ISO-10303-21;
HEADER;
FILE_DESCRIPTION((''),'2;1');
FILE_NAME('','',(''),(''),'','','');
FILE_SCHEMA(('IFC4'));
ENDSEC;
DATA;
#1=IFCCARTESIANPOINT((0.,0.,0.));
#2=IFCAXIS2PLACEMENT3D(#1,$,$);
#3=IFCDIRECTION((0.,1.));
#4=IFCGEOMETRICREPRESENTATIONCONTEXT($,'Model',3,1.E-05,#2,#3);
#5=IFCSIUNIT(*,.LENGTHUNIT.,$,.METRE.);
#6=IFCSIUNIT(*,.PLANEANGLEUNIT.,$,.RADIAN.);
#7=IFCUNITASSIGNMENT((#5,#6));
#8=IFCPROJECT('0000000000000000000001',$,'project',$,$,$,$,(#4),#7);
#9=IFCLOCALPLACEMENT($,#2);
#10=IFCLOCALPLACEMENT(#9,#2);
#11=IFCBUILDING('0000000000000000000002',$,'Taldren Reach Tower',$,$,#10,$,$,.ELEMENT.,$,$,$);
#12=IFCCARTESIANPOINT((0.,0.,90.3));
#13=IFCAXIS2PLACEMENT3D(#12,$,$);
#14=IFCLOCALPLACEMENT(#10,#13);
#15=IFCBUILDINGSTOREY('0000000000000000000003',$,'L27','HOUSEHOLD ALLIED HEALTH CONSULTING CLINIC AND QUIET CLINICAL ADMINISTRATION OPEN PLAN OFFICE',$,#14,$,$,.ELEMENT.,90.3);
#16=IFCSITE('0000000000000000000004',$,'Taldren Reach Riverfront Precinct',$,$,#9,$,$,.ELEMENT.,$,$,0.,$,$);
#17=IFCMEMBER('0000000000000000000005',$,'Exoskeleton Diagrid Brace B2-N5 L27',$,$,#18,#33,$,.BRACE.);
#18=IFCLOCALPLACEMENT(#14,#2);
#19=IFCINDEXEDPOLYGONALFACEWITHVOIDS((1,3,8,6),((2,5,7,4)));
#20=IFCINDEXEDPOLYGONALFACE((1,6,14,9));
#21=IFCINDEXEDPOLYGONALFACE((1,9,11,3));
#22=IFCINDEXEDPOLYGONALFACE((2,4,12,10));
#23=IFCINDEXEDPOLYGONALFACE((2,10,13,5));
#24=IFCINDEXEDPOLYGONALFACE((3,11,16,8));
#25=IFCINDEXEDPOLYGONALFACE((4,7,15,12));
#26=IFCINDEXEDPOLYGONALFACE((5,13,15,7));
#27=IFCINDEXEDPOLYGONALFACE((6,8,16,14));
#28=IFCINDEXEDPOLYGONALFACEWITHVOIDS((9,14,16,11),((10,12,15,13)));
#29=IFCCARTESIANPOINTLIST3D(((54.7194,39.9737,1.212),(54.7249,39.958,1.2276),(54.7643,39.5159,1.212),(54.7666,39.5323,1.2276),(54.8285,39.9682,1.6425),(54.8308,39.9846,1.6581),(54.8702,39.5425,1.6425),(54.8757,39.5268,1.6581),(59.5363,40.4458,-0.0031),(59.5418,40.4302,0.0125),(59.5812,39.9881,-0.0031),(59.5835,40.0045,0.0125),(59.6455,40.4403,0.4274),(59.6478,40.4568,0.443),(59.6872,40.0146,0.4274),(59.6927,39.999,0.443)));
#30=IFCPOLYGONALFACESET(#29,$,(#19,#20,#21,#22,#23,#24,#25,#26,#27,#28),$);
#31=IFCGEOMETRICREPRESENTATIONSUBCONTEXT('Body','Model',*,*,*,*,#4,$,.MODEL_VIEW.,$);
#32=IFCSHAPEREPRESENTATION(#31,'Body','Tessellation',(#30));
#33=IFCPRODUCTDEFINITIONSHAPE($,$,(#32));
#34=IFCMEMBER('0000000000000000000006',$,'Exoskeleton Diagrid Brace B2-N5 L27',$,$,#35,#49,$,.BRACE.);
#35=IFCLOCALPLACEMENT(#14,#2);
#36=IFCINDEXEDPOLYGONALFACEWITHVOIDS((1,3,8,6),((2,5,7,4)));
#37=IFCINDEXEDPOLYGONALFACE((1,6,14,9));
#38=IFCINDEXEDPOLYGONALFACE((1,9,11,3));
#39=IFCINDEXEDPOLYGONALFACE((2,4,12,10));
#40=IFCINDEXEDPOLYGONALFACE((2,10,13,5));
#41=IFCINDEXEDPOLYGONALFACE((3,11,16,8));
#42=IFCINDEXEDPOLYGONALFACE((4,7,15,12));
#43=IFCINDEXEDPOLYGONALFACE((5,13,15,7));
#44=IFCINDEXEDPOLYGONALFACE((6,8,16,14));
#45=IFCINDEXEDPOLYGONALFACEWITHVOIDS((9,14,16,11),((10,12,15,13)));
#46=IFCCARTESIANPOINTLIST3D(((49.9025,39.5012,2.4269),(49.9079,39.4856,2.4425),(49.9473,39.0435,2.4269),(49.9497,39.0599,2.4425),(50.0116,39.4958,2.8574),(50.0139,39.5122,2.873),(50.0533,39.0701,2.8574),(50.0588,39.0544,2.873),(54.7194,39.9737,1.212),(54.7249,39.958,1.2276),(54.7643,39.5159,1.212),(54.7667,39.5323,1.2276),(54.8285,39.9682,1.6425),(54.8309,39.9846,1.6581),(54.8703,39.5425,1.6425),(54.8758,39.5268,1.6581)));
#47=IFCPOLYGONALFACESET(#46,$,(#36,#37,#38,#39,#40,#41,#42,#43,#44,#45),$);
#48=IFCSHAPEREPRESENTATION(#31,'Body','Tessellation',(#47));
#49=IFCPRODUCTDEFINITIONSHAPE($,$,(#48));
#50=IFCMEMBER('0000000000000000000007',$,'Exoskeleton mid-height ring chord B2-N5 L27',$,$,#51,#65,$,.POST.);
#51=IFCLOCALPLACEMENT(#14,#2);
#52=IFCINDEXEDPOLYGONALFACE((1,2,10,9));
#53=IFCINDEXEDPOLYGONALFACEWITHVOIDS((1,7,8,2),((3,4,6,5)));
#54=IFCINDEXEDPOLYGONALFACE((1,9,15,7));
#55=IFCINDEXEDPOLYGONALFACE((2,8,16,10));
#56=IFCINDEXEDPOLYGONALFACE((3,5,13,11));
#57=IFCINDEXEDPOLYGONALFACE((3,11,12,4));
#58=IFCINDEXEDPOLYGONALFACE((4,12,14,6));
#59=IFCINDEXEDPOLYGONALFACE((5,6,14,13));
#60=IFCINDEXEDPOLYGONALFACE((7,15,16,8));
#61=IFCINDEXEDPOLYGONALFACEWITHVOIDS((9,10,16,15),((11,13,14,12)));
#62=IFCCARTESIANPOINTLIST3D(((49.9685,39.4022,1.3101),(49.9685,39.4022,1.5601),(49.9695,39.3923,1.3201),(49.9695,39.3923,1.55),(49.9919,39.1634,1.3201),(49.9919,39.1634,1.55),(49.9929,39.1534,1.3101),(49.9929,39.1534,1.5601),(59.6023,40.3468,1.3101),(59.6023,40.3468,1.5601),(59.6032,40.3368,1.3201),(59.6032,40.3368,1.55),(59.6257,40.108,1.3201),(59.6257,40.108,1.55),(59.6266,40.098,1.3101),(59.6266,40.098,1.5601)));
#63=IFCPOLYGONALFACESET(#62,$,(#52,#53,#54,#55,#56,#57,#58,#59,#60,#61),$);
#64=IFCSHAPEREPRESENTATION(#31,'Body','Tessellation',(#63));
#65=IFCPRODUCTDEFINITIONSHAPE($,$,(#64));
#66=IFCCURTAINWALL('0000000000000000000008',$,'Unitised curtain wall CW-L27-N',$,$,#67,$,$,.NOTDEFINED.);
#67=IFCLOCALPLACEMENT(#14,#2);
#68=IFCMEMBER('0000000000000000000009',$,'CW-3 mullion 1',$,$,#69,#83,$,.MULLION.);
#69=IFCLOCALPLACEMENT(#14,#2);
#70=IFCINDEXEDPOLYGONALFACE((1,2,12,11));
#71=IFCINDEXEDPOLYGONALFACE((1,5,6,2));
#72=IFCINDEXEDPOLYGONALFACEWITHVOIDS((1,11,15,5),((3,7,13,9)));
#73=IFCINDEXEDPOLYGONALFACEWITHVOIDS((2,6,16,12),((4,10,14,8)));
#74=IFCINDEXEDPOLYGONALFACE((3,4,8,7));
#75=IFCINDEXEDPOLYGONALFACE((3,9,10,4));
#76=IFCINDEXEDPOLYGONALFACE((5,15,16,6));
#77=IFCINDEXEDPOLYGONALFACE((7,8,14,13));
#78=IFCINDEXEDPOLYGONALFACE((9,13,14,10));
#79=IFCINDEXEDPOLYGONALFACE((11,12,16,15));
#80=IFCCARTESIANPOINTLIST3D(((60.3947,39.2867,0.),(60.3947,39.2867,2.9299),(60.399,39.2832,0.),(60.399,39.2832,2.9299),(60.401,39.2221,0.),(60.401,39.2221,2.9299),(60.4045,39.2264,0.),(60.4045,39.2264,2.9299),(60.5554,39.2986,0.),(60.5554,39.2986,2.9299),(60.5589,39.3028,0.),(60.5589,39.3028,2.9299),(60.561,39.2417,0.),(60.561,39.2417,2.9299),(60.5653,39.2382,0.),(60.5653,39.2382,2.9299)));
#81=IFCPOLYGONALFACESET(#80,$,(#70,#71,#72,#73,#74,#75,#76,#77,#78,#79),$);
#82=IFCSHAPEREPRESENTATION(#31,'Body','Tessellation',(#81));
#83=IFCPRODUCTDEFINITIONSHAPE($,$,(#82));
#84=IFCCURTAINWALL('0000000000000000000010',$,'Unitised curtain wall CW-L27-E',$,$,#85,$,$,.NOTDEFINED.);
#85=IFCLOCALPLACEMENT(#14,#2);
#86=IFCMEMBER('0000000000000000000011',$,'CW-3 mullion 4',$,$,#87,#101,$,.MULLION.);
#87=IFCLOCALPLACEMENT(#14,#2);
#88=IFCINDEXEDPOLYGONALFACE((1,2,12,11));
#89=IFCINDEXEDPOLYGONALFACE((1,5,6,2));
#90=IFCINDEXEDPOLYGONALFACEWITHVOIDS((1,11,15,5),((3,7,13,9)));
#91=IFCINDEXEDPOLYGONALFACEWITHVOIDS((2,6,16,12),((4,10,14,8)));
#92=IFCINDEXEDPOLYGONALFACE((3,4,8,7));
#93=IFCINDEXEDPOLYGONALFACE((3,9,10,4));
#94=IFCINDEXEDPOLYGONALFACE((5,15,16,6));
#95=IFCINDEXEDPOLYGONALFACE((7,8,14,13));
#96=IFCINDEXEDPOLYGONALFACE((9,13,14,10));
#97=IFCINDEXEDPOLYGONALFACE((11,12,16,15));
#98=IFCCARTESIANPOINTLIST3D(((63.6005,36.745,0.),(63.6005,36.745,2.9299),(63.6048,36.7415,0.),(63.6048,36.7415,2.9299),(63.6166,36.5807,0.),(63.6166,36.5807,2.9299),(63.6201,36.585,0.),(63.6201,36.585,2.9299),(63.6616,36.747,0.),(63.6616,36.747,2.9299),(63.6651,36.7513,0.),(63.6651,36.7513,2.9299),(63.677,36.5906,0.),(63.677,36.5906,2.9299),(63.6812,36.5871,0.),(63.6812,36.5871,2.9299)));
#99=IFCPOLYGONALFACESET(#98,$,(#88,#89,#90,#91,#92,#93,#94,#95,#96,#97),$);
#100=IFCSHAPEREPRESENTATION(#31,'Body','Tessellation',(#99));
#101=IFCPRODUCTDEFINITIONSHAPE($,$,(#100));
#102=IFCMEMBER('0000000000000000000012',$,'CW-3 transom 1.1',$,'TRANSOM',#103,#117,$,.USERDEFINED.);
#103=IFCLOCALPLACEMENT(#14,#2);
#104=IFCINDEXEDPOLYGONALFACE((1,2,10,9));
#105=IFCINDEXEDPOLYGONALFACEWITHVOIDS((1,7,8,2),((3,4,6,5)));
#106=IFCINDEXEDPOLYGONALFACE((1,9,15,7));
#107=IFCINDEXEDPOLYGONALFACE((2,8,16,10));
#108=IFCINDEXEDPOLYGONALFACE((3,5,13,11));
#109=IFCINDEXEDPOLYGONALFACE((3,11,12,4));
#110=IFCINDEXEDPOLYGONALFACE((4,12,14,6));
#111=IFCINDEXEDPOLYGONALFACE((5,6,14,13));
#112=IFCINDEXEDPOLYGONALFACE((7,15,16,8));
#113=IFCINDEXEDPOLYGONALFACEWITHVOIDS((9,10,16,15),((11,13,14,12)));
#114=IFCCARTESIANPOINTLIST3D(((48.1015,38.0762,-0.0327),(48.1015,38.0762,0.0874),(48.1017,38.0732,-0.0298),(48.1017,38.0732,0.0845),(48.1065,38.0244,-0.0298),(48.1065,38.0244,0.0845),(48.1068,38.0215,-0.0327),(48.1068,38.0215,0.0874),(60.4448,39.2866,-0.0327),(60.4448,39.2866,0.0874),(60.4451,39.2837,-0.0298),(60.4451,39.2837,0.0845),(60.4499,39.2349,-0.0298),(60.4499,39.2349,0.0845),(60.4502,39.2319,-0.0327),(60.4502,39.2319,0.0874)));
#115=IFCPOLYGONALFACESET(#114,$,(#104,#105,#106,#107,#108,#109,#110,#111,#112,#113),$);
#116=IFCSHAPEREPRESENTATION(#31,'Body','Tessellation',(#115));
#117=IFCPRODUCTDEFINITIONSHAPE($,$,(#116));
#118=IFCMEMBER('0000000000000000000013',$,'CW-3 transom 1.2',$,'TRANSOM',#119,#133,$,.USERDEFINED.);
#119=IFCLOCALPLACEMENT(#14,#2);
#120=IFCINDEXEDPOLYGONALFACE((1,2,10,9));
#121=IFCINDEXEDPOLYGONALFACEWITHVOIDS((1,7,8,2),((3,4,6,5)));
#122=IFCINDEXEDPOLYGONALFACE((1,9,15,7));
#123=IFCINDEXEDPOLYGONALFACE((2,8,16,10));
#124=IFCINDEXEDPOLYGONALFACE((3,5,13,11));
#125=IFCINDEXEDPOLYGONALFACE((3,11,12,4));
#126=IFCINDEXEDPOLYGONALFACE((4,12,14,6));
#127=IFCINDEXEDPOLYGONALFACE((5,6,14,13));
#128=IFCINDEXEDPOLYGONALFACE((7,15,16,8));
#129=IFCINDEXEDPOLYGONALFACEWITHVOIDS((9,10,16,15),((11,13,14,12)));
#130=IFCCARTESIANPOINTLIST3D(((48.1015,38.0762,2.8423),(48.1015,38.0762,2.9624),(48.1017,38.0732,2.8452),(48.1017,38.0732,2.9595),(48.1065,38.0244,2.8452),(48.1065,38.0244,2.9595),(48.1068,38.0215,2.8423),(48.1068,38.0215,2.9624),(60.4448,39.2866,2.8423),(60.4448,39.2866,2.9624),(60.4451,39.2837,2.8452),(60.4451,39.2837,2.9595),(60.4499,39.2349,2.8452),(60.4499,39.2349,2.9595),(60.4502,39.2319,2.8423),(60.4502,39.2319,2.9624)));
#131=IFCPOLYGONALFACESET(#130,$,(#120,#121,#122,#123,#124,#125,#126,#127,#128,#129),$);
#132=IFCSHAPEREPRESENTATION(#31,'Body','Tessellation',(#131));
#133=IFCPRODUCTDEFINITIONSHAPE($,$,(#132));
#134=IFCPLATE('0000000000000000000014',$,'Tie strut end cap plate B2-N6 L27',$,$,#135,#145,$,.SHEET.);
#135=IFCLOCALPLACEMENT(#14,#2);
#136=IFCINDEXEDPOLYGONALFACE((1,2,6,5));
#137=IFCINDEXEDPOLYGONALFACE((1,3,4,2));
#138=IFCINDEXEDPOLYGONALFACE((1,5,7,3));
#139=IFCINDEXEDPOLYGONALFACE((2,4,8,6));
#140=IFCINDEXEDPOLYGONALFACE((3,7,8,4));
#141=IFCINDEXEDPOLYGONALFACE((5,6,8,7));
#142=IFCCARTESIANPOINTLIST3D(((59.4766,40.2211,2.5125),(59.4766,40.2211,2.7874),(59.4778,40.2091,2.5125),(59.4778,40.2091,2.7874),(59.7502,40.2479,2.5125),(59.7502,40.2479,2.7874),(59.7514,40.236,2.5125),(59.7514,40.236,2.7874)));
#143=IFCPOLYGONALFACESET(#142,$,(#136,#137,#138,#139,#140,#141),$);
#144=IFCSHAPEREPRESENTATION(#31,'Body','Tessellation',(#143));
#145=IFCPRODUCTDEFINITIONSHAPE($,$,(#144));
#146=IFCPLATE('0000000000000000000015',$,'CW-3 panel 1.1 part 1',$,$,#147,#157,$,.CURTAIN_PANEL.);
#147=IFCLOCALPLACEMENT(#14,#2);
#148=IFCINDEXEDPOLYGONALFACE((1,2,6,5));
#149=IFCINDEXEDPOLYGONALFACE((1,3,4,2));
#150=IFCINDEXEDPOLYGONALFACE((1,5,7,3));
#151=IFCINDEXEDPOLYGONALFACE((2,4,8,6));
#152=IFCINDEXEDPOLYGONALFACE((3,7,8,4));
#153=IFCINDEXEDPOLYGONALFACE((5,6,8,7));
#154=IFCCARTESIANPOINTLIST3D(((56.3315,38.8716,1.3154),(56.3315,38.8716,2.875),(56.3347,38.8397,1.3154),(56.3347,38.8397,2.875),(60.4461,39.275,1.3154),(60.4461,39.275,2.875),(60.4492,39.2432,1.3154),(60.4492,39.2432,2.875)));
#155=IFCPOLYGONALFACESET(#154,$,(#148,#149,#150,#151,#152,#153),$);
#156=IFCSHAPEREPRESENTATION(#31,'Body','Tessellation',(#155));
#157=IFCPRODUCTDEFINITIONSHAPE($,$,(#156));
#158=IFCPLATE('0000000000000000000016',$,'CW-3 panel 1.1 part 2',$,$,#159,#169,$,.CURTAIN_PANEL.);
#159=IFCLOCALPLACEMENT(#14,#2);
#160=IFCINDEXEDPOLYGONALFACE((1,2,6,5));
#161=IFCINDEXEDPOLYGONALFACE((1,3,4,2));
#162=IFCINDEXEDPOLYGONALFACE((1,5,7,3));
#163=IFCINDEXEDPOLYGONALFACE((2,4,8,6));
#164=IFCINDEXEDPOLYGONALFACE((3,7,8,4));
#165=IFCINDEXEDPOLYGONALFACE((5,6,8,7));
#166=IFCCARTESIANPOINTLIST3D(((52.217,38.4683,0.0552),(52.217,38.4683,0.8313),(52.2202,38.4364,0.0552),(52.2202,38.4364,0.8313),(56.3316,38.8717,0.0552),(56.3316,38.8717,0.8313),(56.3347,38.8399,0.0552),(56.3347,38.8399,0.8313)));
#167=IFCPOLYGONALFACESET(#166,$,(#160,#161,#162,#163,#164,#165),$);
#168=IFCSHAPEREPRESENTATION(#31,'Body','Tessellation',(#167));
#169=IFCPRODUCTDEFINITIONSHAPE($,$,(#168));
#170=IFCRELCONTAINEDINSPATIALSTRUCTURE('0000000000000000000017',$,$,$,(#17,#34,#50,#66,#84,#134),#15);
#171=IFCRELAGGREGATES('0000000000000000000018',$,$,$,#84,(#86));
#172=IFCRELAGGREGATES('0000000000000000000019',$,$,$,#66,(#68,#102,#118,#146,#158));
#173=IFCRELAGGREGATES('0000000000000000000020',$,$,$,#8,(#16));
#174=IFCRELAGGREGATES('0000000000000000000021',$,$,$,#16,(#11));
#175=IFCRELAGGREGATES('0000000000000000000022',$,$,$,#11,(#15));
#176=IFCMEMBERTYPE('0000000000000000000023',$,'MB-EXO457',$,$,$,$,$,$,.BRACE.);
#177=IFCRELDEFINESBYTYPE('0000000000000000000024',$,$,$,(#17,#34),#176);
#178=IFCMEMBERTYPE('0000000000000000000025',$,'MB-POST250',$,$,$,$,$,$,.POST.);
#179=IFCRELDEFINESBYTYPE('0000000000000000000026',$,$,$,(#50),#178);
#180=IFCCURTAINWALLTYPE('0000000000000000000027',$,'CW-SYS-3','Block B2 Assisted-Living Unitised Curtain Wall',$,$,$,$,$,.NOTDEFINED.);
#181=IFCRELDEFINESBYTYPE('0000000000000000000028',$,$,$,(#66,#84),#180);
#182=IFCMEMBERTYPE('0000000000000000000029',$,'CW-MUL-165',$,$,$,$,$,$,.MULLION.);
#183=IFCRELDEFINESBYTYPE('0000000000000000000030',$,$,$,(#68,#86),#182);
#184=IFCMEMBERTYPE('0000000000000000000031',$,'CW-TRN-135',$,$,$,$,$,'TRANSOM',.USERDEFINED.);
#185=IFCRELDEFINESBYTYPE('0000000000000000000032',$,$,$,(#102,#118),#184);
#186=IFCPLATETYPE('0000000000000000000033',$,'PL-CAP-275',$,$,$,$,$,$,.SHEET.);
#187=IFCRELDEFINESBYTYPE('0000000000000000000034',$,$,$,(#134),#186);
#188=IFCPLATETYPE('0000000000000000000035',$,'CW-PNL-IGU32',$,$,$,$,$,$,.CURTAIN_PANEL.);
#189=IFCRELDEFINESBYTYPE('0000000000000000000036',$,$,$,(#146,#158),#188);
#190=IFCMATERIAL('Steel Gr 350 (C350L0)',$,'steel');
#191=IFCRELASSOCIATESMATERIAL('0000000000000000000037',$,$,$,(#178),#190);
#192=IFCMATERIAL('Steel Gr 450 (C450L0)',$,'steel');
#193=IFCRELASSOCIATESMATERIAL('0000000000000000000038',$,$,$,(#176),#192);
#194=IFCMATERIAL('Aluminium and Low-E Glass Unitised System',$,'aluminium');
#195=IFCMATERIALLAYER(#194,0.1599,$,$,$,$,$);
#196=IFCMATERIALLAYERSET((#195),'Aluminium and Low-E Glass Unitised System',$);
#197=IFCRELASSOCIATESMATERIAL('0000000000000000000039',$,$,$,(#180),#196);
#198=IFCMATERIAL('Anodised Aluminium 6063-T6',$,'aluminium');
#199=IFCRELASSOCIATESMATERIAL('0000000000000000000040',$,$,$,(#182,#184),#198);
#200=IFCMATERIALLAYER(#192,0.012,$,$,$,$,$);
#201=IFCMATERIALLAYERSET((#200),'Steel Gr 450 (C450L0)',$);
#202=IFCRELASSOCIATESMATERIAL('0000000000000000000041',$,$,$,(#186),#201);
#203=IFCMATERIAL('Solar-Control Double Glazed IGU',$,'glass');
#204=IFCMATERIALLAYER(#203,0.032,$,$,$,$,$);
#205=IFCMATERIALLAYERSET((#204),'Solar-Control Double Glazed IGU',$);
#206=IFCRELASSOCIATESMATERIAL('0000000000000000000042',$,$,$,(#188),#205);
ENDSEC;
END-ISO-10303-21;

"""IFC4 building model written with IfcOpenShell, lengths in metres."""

from ifc_helpers import new_model, si_unit, direction, frame, origin, origin_2d, place, context, subcontext, project, spatial, rectangle, hollow_rectangle, extrude, source, transform, mapped, material, layer, layer_set, material_profile, profile_set, type_object, element, aggregate, save


model = new_model("IFC4")

# Units and contexts
model_context = context("Model", 3, precision=1e-05, world=origin(), true_north=direction((0.0, 1.0)))
body_context = subcontext(model_context, "Body", "Model", "MODEL_VIEW")
ifc_project = project(units=[si_unit("LENGTHUNIT", "METRE"), si_unit("PLANEANGLEUNIT", "RADIAN")], contexts=[model_context])

# Site, building, storey
site_placement = place(None, origin())
site = spatial("IfcSite", under=ifc_project, at=site_placement, Name="Taldren Reach Riverfront Precinct", CompositionType="ELEMENT", RefElevation=0.0)
building_placement = place(site_placement, origin())
building = spatial("IfcBuilding", under=site, at=building_placement, Name="Taldren Reach Tower", CompositionType="ELEMENT")
storey_placement = place(building_placement, frame((0.0, 0.0, 90.3)))
storey = spatial("IfcBuildingStorey", under=building, at=storey_placement, Name="L27", Description="HOUSEHOLD ALLIED HEALTH CONSULTING CLINIC AND QUIET CLINICAL ADMINISTRATION OPEN PLAN OFFICE", CompositionType="ELEMENT", Elevation=90.3)

# Shared definitions
ifc_material_1 = material(Name="Steel Gr 450 (C450L0)", Category="steel")
ifc_material_2 = material(Name="Steel Gr 350 (C350L0)", Category="steel")
ifc_material_profile_1 = material_profile(ifc_material_2, hollow_rectangle(XDim=0.25, YDim=0.25, WallThickness=0.01, at=origin_2d()), Name="250x250x10.0SHS")
ifc_profile_set_1 = profile_set([ifc_material_profile_1], Name="Steel Gr 350 (C350L0)")
member_type_1 = type_object("IfcMemberType", Name="MB-POST250", PredefinedType="POST", material=ifc_profile_set_1)

# Members
ifc_material_profile_2 = material_profile(ifc_material_1, hollow_rectangle(XDim=0.46, YDim=0.46, WallThickness=0.0161, at=origin_2d()), Name="460x460x16.0SHS")
ifc_profile_set_2 = profile_set([ifc_material_profile_2], Name="Steel Gr 450 (C450L0)")
member_type_2 = type_object("IfcMemberType", Name="MB-EXO457", PredefinedType="BRACE", material=ifc_profile_set_2)
shared_shape_1 = source(origin(), body_context, "Body", "SweptSolid", [
    extrude(hollow_rectangle(XDim=0.46, YDim=0.46, WallThickness=0.0161, at=origin_2d()), origin(), (0.0, 0.0, 1.0), 4.9902),
])
for number, where, z_axis, x_axis, name in (
    (1, (59.6145, 40.2224, 0.22), (-0.965276, -0.09462, 0.243496), (0.097556, -0.99523, 0.0), "Exoskeleton Diagrid Brace B2-N5 L27"),
    (2, (54.7976, 39.7502, 1.4351), (-0.965283, -0.094669, 0.243449), (0.097606, -0.995225, 0.0), "Exoskeleton Diagrid Brace B2-N5 L27"),
):
    element("IfcMember", number, at=place(storey_placement, frame(where, z_axis=z_axis, x_axis=x_axis)), inside=storey, type_object=member_type_2, Name=name, PredefinedType="BRACE", context=body_context, shape_type="MappedRepresentation", body=[
        mapped(shared_shape_1, transform((0.0, 0.0, 0.0), scale=1.0)),
    ])
shared_shape_2 = source(origin(), body_context, "Body", "SweptSolid", [
    extrude(hollow_rectangle(XDim=0.25, YDim=0.25, WallThickness=0.01, at=origin_2d()), origin(), (0.0, 0.0, 1.0), 9.6799),
])
member_1_placement = place(storey_placement, frame((49.9807, 39.2778, 1.4351), z_axis=(0.995228, 0.097581, 0.0), x_axis=(-0.097581, 0.995228, 0.0)))
element("IfcMember", 3, at=member_1_placement, inside=storey, type_object=member_type_1, Name="Exoskeleton mid-height ring chord B2-N5 L27", PredefinedType="POST", context=body_context, shape_type="MappedRepresentation", body=[
    mapped(shared_shape_2, transform((0.0, 0.0, 0.0), scale=1.0)),
])

# Curtain walls, members
ifc_material_3 = material(Name="Aluminium and Low-E Glass Unitised System", Category="aluminium")
ifc_layer_1 = layer(ifc_material_3, 0.1599)
ifc_layer_set_1 = layer_set([ifc_layer_1], Name="Aluminium and Low-E Glass Unitised System")
curtain_wall_type = type_object("IfcCurtainWallType", Name="CW-SYS-3", Description="Block B2 Assisted-Living Unitised Curtain Wall", PredefinedType="NOTDEFINED", material=ifc_layer_set_1)
curtain_wall_1_placement = place(storey_placement, origin())
curtain_wall_1 = element("IfcCurtainWall", 4, at=curtain_wall_1_placement, inside=storey, type_object=curtain_wall_type, Name="Unitised curtain wall CW-L27-N", PredefinedType="NOTDEFINED")
ifc_material_4 = material(Name="Anodised Aluminium 6063-T6", Category="aluminium")
ifc_material_profile_3 = material_profile(ifc_material_4, hollow_rectangle(XDim=0.0649, YDim=0.165, WallThickness=0.0039, at=origin_2d()), Name="ALU-165x65x4RHS")
ifc_profile_set_3 = profile_set([ifc_material_profile_3], Name="Anodised Aluminium 6063-T6")
member_type_3 = type_object("IfcMemberType", Name="CW-MUL-165", PredefinedType="MULLION", material=ifc_profile_set_3)
shared_shape_3 = source(origin(), body_context, "Body", "SweptSolid", [
    extrude(hollow_rectangle(XDim=0.0649, YDim=0.165, WallThickness=0.0039, at=origin_2d()), origin(), (0.0, 0.0, 1.0), 2.9299),
])
member_2_placement = place(storey_placement, frame((60.48, 39.2625, 0.0), z_axis=(0.0, 0.0, 1.0), x_axis=(0.097583, -0.995227, 0.0)))
member_2 = element("IfcMember", 5, at=member_2_placement, type_object=member_type_3, Name="CW-3 mullion 1", PredefinedType="MULLION", context=body_context, shape_type="MappedRepresentation", body=[
    mapped(shared_shape_3, transform((0.0, 0.0, 0.0), scale=1.0)),
])
curtain_wall_2_placement = place(storey_placement, origin())
curtain_wall_2 = element("IfcCurtainWall", 6, at=curtain_wall_2_placement, inside=storey, type_object=curtain_wall_type, Name="Unitised curtain wall CW-L27-E", PredefinedType="NOTDEFINED")
member_3_placement = place(storey_placement, frame((63.6409, 36.666, 0.0), z_axis=(0.0, 0.0, 1.0), x_axis=(-0.995227, -0.097583, 0.0)))
member_3 = element("IfcMember", 7, at=member_3_placement, type_object=member_type_3, Name="CW-3 mullion 4", PredefinedType="MULLION", context=body_context, shape_type="MappedRepresentation", body=[
    mapped(shared_shape_3, transform((0.0, 0.0, 0.0), scale=1.0)),
])
aggregate(curtain_wall_2, [member_3])

# Members
ifc_material_profile_4 = material_profile(ifc_material_4, hollow_rectangle(XDim=0.0549, YDim=0.1201, WallThickness=0.0029, at=origin_2d()), Name="ALU-120x55x3RHS")
ifc_profile_set_4 = profile_set([ifc_material_profile_4], Name="Anodised Aluminium 6063-T6")
member_type_4 = type_object("IfcMemberType", Name="CW-TRN-135", ElementType="TRANSOM", PredefinedType="USERDEFINED", material=ifc_profile_set_4)
shared_shape_4 = source(origin(), body_context, "Body", "SweptSolid", [
    extrude(hollow_rectangle(XDim=0.0549, YDim=0.1201, WallThickness=0.0029, at=origin_2d()), origin(), (0.0, 0.0, 1.0), 12.4026),
])
member_4_placement = place(storey_placement, frame((60.4475, 39.2593, 0.0273), z_axis=(-0.995226, -0.097597, 0.0), x_axis=(0.097597, -0.995226, 0.0)))
member_4 = element("IfcMember", 8, at=member_4_placement, type_object=member_type_4, Name="CW-3 transom 1.1", ObjectType="TRANSOM", PredefinedType="USERDEFINED", context=body_context, shape_type="MappedRepresentation", body=[
    mapped(shared_shape_4, transform((0.0, 0.0, 0.0), scale=1.0)),
])
member_5_placement = place(storey_placement, frame((60.4475, 39.2593, 2.9023), z_axis=(-0.995226, -0.097597, 0.0), x_axis=(0.097597, -0.995226, 0.0)))
member_5 = element("IfcMember", 9, at=member_5_placement, type_object=member_type_4, Name="CW-3 transom 1.2", ObjectType="TRANSOM", PredefinedType="USERDEFINED", context=body_context, shape_type="MappedRepresentation", body=[
    mapped(shared_shape_4, transform((0.0, 0.0, 0.0), scale=1.0)),
])

# Plates
ifc_layer_2 = layer(ifc_material_1, 0.012)
ifc_layer_set_2 = layer_set([ifc_layer_2], Name="Steel Gr 450 (C450L0)")
plate_type_1 = type_object("IfcPlateType", Name="PL-CAP-275", PredefinedType="SHEET", material=ifc_layer_set_2)
shared_shape_5 = source(origin(), body_context, "Body", "SweptSolid", [
    extrude(rectangle(XDim=0.2749, YDim=0.012, at=origin_2d()), origin(), (0.0, 0.0, 1.0), 0.2749),
])
plate_1_placement = place(storey_placement, frame((59.614, 40.2285, 2.5125), z_axis=(0.0, 0.0, 1.0), x_axis=(0.995227, 0.097583, 0.0)))
element("IfcPlate", 10, at=plate_1_placement, inside=storey, type_object=plate_type_1, Name="Tie strut end cap plate B2-N6 L27", PredefinedType="SHEET", context=body_context, shape_type="MappedRepresentation", body=[
    mapped(shared_shape_5, transform((0.0, 0.0, 0.0), scale=1.0)),
])
ifc_material_5 = material(Name="Solar-Control Double Glazed IGU", Category="glass")
ifc_layer_3 = layer(ifc_material_5, 0.032)
ifc_layer_set_3 = layer_set([ifc_layer_3], Name="Solar-Control Double Glazed IGU")
plate_type_2 = type_object("IfcPlateType", Name="CW-PNL-IGU32", PredefinedType="CURTAIN_PANEL", material=ifc_layer_set_3)
shared_shape_6 = source(origin(), body_context, "Body", "SweptSolid", [
    extrude(rectangle(XDim=4.1343, YDim=0.032, at=origin_2d()), origin(), (0.0, 0.0, 1.0), 1.5596),
])
plate_2_placement = place(storey_placement, frame((58.3904, 39.0574, 1.3154), z_axis=(0.0, 0.0, 1.0), x_axis=(-0.995227, -0.097583, 0.0)))
plate_2 = element("IfcPlate", 11, at=plate_2_placement, type_object=plate_type_2, Name="CW-3 panel 1.1 part 1", PredefinedType="CURTAIN_PANEL", context=body_context, shape_type="MappedRepresentation", body=[
    mapped(shared_shape_6, transform((0.0, 0.0, 0.0), scale=1.0)),
])
shared_shape_7 = source(origin(), body_context, "Body", "SweptSolid", [
    extrude(rectangle(XDim=4.1343, YDim=0.032, at=origin_2d()), origin(), (0.0, 0.0, 1.0), 0.7761),
])
plate_3_placement = place(storey_placement, frame((54.2759, 38.6541, 0.0552), z_axis=(0.0, 0.0, 1.0), x_axis=(-0.995227, -0.097583, 0.0)))
plate_3 = element("IfcPlate", 12, at=plate_3_placement, type_object=plate_type_2, Name="CW-3 panel 1.1 part 2", PredefinedType="CURTAIN_PANEL", context=body_context, shape_type="MappedRepresentation", body=[
    mapped(shared_shape_7, transform((0.0, 0.0, 0.0), scale=1.0)),
])
aggregate(curtain_wall_1, [member_2, member_4, member_5, plate_2, plate_3])

save(model, "model.ifc")
